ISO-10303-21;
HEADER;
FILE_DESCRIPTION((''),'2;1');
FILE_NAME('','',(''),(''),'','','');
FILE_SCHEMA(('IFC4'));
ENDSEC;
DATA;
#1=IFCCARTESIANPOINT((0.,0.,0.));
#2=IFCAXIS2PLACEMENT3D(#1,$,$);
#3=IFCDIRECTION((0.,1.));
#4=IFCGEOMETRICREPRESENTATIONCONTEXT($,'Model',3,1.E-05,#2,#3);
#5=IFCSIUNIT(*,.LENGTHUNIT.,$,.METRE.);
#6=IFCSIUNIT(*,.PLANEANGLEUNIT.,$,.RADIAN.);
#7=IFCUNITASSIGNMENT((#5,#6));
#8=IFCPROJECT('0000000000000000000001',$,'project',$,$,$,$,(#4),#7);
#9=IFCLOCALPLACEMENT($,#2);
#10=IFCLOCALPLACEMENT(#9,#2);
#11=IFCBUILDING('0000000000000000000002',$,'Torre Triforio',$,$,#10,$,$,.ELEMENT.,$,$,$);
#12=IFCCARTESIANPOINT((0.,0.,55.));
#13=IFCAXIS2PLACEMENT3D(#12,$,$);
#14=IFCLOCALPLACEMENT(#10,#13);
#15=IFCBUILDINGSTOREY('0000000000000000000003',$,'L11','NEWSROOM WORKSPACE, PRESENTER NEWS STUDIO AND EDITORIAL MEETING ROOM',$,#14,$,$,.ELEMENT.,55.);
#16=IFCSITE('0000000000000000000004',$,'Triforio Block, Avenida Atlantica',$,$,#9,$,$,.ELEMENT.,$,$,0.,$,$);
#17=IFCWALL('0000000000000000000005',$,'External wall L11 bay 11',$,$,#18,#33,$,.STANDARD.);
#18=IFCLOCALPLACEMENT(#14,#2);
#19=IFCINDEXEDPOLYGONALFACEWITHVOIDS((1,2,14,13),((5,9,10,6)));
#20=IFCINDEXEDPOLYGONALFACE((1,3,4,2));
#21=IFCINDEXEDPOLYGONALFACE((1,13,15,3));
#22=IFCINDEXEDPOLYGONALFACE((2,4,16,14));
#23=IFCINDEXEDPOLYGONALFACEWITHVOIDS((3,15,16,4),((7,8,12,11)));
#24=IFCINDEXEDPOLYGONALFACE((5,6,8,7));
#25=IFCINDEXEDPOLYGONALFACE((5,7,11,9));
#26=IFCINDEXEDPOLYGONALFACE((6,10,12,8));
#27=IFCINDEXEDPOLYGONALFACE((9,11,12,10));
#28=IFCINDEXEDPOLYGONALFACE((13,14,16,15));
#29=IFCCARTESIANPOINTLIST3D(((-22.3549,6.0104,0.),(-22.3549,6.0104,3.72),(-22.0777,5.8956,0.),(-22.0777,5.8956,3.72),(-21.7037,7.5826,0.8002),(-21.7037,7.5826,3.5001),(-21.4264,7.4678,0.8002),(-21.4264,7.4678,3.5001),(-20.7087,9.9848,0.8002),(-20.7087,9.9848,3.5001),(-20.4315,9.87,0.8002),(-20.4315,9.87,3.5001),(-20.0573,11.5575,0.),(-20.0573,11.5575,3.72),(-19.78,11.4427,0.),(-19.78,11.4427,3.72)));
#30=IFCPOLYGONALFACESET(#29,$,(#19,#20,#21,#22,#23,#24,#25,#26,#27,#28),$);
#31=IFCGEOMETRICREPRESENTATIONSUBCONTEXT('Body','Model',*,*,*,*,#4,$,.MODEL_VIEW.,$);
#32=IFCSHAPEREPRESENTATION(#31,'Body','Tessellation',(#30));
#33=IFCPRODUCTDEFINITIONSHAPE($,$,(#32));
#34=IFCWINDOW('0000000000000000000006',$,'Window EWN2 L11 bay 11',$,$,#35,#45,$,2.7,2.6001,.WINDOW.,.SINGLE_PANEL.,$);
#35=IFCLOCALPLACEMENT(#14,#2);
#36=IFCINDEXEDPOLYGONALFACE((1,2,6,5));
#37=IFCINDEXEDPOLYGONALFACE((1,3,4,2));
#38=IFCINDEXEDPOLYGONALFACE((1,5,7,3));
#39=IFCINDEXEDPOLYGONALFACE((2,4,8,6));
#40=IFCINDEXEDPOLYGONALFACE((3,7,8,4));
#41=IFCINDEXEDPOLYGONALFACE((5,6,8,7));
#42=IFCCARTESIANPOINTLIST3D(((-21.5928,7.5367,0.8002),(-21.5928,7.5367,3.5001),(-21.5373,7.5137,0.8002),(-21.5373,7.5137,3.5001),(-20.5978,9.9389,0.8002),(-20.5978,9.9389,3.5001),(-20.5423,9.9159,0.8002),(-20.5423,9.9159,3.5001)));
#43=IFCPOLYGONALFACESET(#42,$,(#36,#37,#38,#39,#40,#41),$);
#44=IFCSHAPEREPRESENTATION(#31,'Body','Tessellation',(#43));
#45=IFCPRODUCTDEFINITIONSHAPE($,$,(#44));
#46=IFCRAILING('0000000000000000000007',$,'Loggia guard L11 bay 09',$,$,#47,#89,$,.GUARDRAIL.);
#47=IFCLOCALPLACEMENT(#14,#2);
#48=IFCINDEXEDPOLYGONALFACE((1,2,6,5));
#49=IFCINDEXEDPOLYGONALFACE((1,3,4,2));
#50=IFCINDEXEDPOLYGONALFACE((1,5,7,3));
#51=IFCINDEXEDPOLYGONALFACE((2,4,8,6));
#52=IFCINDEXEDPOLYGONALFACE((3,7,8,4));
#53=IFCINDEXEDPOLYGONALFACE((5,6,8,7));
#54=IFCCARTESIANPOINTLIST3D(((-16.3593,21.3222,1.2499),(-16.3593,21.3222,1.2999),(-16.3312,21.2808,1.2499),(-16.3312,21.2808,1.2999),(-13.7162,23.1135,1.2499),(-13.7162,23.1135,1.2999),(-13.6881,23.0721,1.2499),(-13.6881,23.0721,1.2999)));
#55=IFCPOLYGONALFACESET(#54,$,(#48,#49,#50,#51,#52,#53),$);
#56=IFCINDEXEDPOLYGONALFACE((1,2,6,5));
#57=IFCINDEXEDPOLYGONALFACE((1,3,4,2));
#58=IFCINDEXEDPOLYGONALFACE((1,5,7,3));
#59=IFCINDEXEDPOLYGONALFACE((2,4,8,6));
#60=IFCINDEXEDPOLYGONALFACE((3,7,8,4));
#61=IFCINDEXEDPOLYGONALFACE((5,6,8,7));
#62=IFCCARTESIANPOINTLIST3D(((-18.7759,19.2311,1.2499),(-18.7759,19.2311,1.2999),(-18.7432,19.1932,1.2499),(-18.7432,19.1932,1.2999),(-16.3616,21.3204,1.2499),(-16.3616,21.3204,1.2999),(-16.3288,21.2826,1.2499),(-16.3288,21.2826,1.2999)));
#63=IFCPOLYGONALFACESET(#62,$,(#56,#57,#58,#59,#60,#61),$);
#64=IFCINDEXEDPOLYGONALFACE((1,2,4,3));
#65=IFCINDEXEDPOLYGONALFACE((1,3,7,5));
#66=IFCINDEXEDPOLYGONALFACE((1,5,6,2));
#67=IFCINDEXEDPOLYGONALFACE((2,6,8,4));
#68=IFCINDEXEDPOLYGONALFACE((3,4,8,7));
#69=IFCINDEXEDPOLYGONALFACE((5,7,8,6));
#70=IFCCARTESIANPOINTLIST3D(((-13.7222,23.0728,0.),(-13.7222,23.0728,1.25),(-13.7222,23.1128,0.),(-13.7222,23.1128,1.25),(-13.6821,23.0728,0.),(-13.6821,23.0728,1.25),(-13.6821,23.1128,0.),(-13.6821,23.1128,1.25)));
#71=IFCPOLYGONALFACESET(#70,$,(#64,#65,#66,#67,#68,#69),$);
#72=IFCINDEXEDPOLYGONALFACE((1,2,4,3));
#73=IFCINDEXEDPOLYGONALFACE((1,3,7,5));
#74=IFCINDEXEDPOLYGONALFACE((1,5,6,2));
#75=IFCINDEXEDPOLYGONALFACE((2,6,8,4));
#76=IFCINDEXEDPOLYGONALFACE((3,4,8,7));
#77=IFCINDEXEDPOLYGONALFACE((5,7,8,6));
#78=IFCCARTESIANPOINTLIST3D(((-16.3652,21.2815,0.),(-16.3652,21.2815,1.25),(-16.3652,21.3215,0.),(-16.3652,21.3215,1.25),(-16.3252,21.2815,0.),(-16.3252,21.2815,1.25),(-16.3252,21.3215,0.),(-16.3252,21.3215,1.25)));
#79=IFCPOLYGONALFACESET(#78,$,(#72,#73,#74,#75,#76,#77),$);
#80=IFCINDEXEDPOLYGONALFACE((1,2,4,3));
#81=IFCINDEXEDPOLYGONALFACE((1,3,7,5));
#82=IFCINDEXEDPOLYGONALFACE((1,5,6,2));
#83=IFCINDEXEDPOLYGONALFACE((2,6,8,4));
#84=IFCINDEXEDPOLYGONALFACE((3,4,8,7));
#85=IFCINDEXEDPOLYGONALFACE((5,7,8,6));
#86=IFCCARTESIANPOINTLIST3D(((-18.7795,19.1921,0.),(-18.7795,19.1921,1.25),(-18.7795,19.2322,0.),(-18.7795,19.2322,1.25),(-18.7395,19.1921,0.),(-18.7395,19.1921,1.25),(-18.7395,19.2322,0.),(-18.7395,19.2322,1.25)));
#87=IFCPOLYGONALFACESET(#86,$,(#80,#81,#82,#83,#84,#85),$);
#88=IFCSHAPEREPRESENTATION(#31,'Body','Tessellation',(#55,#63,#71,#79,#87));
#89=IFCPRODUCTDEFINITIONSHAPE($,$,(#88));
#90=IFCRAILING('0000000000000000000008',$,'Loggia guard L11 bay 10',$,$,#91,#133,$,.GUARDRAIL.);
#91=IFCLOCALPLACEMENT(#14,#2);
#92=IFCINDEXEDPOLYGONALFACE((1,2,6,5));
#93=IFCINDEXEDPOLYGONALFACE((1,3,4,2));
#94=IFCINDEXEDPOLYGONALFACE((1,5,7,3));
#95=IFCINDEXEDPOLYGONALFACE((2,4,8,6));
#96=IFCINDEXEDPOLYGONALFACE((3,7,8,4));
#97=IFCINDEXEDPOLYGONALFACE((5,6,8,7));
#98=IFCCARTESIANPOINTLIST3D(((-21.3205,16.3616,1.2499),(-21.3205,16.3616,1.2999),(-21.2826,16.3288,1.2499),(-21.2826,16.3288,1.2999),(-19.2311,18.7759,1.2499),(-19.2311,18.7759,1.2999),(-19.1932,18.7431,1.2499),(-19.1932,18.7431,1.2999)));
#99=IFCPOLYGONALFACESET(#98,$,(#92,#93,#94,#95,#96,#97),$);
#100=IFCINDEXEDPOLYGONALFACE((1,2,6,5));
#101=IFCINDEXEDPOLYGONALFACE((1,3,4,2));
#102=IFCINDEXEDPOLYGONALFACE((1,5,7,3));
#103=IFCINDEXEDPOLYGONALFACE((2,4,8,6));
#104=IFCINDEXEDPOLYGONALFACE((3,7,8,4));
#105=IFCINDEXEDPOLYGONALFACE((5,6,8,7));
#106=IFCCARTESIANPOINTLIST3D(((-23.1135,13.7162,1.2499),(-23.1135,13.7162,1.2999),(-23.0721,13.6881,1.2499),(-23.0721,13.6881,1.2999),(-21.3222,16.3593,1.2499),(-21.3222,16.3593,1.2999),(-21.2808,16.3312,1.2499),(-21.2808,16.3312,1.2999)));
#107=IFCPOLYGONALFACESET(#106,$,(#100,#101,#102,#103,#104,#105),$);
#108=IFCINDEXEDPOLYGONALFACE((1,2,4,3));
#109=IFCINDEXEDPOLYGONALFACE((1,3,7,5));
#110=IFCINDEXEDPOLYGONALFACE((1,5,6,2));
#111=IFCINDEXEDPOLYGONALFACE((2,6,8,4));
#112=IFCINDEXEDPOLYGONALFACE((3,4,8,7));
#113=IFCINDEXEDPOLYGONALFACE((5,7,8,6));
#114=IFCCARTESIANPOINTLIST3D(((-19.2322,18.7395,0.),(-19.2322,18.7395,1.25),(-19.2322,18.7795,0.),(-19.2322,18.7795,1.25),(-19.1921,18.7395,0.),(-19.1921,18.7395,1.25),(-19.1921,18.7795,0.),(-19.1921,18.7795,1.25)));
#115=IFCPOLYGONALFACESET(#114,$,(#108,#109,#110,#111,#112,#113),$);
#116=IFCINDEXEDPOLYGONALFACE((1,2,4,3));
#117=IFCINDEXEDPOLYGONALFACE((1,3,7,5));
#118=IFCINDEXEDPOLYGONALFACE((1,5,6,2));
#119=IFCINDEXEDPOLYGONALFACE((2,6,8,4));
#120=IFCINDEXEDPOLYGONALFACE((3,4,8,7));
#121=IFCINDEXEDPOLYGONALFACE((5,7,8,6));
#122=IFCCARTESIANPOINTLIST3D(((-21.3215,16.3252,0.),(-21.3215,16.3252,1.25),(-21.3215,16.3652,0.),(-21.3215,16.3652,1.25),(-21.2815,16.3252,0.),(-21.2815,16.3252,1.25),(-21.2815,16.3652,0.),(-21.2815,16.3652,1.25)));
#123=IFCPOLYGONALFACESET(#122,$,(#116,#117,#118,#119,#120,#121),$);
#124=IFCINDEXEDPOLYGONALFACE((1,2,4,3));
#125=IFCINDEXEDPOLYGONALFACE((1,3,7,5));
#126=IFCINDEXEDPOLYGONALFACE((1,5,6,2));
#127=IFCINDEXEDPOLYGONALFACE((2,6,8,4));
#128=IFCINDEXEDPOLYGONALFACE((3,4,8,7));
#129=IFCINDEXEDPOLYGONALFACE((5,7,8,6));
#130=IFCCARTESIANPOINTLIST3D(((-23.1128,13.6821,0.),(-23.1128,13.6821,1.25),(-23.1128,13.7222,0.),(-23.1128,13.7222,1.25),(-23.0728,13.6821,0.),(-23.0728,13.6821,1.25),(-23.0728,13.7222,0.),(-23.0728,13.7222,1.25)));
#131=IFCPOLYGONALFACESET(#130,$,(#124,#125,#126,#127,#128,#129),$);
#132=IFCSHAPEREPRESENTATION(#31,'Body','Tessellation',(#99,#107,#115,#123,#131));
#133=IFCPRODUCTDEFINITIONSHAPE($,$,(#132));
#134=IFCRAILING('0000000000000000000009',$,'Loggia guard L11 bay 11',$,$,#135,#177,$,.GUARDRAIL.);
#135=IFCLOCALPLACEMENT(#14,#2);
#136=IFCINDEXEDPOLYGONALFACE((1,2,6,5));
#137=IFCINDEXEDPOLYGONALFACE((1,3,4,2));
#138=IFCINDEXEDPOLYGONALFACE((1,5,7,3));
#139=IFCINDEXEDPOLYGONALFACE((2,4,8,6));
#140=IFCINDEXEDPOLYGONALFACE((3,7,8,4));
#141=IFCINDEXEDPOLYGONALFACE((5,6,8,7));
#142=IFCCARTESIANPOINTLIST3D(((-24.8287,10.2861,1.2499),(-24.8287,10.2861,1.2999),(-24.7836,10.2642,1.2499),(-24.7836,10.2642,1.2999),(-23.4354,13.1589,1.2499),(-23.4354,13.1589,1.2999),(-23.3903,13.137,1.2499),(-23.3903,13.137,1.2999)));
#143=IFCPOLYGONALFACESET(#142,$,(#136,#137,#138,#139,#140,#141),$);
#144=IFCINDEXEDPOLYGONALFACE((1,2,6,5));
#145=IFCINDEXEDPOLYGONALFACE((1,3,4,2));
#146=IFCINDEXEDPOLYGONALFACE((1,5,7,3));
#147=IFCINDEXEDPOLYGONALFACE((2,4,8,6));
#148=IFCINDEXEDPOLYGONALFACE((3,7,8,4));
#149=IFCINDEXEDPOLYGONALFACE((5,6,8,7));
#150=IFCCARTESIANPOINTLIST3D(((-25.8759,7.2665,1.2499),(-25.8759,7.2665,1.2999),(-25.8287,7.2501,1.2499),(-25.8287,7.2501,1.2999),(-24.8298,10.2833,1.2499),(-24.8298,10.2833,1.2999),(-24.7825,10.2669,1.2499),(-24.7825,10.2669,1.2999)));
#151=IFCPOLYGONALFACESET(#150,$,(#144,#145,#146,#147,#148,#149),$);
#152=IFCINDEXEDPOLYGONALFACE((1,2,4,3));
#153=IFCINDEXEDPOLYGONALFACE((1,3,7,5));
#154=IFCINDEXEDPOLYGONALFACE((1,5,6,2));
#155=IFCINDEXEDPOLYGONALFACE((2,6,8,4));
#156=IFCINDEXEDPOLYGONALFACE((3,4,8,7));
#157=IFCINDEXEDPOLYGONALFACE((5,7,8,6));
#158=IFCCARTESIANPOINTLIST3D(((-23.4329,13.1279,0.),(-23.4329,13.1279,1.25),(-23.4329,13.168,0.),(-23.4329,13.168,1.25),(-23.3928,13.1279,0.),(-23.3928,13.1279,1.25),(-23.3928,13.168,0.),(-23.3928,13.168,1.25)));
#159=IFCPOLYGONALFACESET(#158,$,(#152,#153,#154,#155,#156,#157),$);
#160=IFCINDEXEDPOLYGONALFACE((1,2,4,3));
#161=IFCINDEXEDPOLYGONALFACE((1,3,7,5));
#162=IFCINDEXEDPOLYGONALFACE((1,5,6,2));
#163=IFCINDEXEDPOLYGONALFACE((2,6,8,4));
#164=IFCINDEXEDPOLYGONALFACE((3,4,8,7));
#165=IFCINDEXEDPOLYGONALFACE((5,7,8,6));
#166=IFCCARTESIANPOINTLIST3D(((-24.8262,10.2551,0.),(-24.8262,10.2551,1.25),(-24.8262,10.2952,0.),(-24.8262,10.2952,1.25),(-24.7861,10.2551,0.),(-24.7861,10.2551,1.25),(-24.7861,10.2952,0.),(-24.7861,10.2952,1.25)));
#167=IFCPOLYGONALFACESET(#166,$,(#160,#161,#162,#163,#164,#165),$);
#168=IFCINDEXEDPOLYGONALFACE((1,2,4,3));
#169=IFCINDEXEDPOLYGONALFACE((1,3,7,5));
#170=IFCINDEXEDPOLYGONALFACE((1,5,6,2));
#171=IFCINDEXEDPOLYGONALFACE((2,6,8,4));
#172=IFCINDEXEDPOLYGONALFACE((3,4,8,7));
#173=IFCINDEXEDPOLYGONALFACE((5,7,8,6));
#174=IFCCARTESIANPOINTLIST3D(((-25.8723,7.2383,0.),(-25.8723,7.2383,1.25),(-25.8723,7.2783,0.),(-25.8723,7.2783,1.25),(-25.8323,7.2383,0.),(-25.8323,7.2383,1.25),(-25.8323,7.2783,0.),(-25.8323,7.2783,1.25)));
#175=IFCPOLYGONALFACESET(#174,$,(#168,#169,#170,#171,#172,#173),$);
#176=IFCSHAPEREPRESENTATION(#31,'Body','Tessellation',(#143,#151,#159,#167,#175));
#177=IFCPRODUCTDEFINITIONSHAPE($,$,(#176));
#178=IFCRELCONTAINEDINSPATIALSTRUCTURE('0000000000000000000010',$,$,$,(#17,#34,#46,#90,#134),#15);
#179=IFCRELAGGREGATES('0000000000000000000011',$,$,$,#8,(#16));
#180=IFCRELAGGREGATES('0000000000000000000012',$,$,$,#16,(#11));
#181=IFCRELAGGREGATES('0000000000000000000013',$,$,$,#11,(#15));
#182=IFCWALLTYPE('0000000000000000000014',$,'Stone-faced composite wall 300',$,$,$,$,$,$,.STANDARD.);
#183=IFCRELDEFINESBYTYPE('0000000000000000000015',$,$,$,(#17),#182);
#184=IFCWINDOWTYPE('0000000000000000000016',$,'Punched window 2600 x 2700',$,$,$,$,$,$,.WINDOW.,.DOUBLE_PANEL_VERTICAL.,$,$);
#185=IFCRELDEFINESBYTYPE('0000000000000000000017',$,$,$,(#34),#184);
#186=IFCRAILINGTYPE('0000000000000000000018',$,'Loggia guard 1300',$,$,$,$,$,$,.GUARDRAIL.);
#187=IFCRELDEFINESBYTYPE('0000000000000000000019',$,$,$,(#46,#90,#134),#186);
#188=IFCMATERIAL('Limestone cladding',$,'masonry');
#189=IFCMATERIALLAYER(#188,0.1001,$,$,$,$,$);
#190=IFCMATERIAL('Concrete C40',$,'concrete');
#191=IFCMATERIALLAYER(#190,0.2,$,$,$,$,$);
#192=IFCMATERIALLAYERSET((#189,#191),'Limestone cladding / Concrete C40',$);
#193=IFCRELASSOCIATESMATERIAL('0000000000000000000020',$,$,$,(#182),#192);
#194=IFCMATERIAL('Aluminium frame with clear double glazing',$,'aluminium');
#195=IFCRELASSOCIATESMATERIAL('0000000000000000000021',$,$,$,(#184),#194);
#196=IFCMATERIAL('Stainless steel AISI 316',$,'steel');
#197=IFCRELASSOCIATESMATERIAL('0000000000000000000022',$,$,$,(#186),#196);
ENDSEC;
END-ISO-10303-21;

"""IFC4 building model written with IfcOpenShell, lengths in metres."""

from ifc_helpers import new_model, si_unit, direction, frame, frame_2d, origin, origin_2d, place, context, subcontext, project, spatial, rectangle, extrude, material, layer, layer_set, type_object, element, fill, save


model = new_model("IFC4")

# Units and contexts
model_context = context("Model", 3, precision=1e-05, world=origin(), true_north=direction((0.0, 1.0)))
body_context = subcontext(model_context, "Body", "Model", "MODEL_VIEW")
ifc_project = project(units=[si_unit("LENGTHUNIT", "METRE"), si_unit("PLANEANGLEUNIT", "RADIAN")], contexts=[model_context])

# Site, building, storey
site_placement = place(None, origin())
site = spatial("IfcSite", under=ifc_project, at=site_placement, Name="Triforio Block, Avenida Atlantica", CompositionType="ELEMENT", RefElevation=0.0)
building_placement = place(site_placement, origin())
building = spatial("IfcBuilding", under=site, at=building_placement, Name="Torre Triforio", CompositionType="ELEMENT")
storey_placement = place(building_placement, frame((0.0, 0.0, 55.0)))
storey = spatial("IfcBuildingStorey", under=building, at=storey_placement, Name="L11", Description="NEWSROOM WORKSPACE, PRESENTER NEWS STUDIO AND EDITORIAL MEETING ROOM", CompositionType="ELEMENT", Elevation=55.0)

# Shared definitions
ifc_material_1 = material(Name="Limestone cladding", Category="masonry")
ifc_material_2 = material(Name="Concrete C40", Category="concrete")

# Shared definitions
ifc_layer_1 = layer(ifc_material_1, 0.1001)
ifc_layer_2 = layer(ifc_material_2, 0.2)
ifc_layer_set_1 = layer_set([ifc_layer_1, ifc_layer_2], Name="Limestone cladding / Concrete C40")
wall_type_1 = type_object("IfcWallType", Name="Stone-faced composite wall 300", PredefinedType="STANDARD", material=ifc_layer_set_1)
ifc_material_3 = material(Name="Aluminium frame with clear double glazing", Category="aluminium")
window_type_1 = type_object("IfcWindowType", Name="Punched window 2600 x 2700", PartitioningType="DOUBLE_PANEL_VERTICAL", PredefinedType="WINDOW", material=ifc_material_3)

# Wall, opening, window
wall_1_placement = place(storey_placement, frame((-19.9187, 11.5, 0.0), z_axis=(0.0, 0.0, 1.0), x_axis=(-0.382671, -0.923885, 0.0)))
wall_1 = element("IfcWall", 1, at=wall_1_placement, inside=storey, type_object=wall_type_1, Name="External wall L11 bay 11", PredefinedType="STANDARD", context=body_context, shape_type="SweptSolid", body=[
    extrude(rectangle(XDim=6.0042, YDim=0.3, at=frame_2d((3.002, 0.0))), origin(), (0.0, 0.0, 1.0), 3.72),
])
opening_1_placement = place(wall_1_placement, frame((1.7021, 0.0, 0.8)))
opening_1 = element("IfcOpeningElement", 2, at=opening_1_placement, cuts=wall_1, PredefinedType="OPENING", context=body_context, shape_type="SweptSolid", body=[
    extrude(rectangle(XDim=2.6001, YDim=2.7, at=frame_2d((1.3, 1.3501))), frame((0.0, 0.1599, 0.0), z_axis=(0.0, -1.0, 0.0), x_axis=(1.0, 0.0, 0.0)), (0.0, 0.0, 1.0), 0.3201),
])
window_1_placement = place(opening_1_placement, origin())
window_1 = element("IfcWindow", 3, at=window_1_placement, inside=storey, type_object=window_type_1, Name="Window EWN2 L11 bay 11", OverallHeight=2.7, OverallWidth=2.6001, PartitioningType="SINGLE_PANEL", PredefinedType="WINDOW", context=body_context, shape_type="SweptSolid", body=[
    extrude(rectangle(XDim=2.6001, YDim=2.7, at=frame_2d((1.3, 1.3501))), frame((0.0, 0.03, 0.0), z_axis=(0.0, -1.0, 0.0), x_axis=(1.0, 0.0, 0.0)), (0.0, 0.0, 1.0), 0.0601),
])
fill(opening_1, window_1)

# Railings
ifc_material_4 = material(Name="Stainless steel AISI 316", Category="steel")
railing_type = type_object("IfcRailingType", Name="Loggia guard 1300", PredefinedType="GUARDRAIL", material=ifc_material_4)
railing_1_placement = place(storey_placement, frame((-13.7021, 23.0928, 0.0)))
element("IfcRailing", 4, at=railing_1_placement, inside=storey, type_object=railing_type, Name="Loggia guard L11 bay 09", PredefinedType="GUARDRAIL", context=body_context, shape_type="SweptSolid", body=[
    extrude(rectangle(XDim=0.05, YDim=0.05, at=origin_2d()), frame((0.0, 0.0, 1.2749), z_axis=(-0.827803, -0.561019, 0.0), x_axis=(0.561019, -0.827803, 0.0)), (0.0, 0.0, 1.0), 3.1929),
    extrude(rectangle(XDim=0.05, YDim=0.05, at=origin_2d()), frame((-2.6431, -1.7913, 1.2749), z_axis=(-0.756161, -0.654386, 0.0), x_axis=(0.654386, -0.756161, 0.0)), (0.0, 0.0, 1.0), 3.1929),
    extrude(rectangle(XDim=0.04, YDim=0.04, at=origin_2d()), origin(), (0.0, 0.0, 1.0), 1.25),
    extrude(rectangle(XDim=0.04, YDim=0.04, at=origin_2d()), frame((-2.6431, -1.7913, 0.0)), (0.0, 0.0, 1.0), 1.25),
    extrude(rectangle(XDim=0.04, YDim=0.04, at=origin_2d()), frame((-5.0574, -3.8806, 0.0)), (0.0, 0.0, 1.0), 1.25),
])
railing_2_placement = place(storey_placement, frame((-19.2122, 18.7595, 0.0)))
element("IfcRailing", 5, at=railing_2_placement, inside=storey, type_object=railing_type, Name="Loggia guard L11 bay 10", PredefinedType="GUARDRAIL", context=body_context, shape_type="SweptSolid", body=[
    extrude(rectangle(XDim=0.05, YDim=0.05, at=origin_2d()), frame((0.0, 0.0, 1.2749), z_axis=(-0.654386, -0.756161, 0.0), x_axis=(0.756161, -0.654386, 0.0)), (0.0, 0.0, 1.0), 3.1929),
    extrude(rectangle(XDim=0.05, YDim=0.05, at=origin_2d()), frame((-2.0894, -2.4143, 1.2749), z_axis=(-0.561019, -0.827803, 0.0), x_axis=(0.827803, -0.561019, 0.0)), (0.0, 0.0, 1.0), 3.1929),
    extrude(rectangle(XDim=0.04, YDim=0.04, at=origin_2d()), origin(), (0.0, 0.0, 1.0), 1.25),
    extrude(rectangle(XDim=0.04, YDim=0.04, at=origin_2d()), frame((-2.0894, -2.4143, 0.0)), (0.0, 0.0, 1.0), 1.25),
    extrude(rectangle(XDim=0.04, YDim=0.04, at=origin_2d()), frame((-3.8806, -5.0574, 0.0)), (0.0, 0.0, 1.0), 1.25),
])
railing_3_placement = place(storey_placement, frame((-23.4128, 13.1479, 0.0)))
element("IfcRailing", 6, at=railing_3_placement, inside=storey, type_object=railing_type, Name="Loggia guard L11 bay 11", PredefinedType="GUARDRAIL", context=body_context, shape_type="SweptSolid", body=[
    extrude(rectangle(XDim=0.05, YDim=0.05, at=origin_2d()), frame((0.0, 0.0, 1.2749), z_axis=(-0.436384, -0.89976, 0.0), x_axis=(0.89976, -0.436384, 0.0)), (0.0, 0.0, 1.0), 3.1929),
    extrude(rectangle(XDim=0.05, YDim=0.05, at=origin_2d()), frame((-1.3933, -2.8728, 1.2749), z_axis=(-0.327628, -0.944807, 0.0), x_axis=(0.944807, -0.327628, 0.0)), (0.0, 0.0, 1.0), 3.1931),
    extrude(rectangle(XDim=0.04, YDim=0.04, at=origin_2d()), origin(), (0.0, 0.0, 1.0), 1.25),
    extrude(rectangle(XDim=0.04, YDim=0.04, at=origin_2d()), frame((-1.3933, -2.8728, 0.0)), (0.0, 0.0, 1.0), 1.25),
    extrude(rectangle(XDim=0.04, YDim=0.04, at=origin_2d()), frame((-2.4395, -5.8896, 0.0)), (0.0, 0.0, 1.0), 1.25),
])

save(model, "model.ifc")
